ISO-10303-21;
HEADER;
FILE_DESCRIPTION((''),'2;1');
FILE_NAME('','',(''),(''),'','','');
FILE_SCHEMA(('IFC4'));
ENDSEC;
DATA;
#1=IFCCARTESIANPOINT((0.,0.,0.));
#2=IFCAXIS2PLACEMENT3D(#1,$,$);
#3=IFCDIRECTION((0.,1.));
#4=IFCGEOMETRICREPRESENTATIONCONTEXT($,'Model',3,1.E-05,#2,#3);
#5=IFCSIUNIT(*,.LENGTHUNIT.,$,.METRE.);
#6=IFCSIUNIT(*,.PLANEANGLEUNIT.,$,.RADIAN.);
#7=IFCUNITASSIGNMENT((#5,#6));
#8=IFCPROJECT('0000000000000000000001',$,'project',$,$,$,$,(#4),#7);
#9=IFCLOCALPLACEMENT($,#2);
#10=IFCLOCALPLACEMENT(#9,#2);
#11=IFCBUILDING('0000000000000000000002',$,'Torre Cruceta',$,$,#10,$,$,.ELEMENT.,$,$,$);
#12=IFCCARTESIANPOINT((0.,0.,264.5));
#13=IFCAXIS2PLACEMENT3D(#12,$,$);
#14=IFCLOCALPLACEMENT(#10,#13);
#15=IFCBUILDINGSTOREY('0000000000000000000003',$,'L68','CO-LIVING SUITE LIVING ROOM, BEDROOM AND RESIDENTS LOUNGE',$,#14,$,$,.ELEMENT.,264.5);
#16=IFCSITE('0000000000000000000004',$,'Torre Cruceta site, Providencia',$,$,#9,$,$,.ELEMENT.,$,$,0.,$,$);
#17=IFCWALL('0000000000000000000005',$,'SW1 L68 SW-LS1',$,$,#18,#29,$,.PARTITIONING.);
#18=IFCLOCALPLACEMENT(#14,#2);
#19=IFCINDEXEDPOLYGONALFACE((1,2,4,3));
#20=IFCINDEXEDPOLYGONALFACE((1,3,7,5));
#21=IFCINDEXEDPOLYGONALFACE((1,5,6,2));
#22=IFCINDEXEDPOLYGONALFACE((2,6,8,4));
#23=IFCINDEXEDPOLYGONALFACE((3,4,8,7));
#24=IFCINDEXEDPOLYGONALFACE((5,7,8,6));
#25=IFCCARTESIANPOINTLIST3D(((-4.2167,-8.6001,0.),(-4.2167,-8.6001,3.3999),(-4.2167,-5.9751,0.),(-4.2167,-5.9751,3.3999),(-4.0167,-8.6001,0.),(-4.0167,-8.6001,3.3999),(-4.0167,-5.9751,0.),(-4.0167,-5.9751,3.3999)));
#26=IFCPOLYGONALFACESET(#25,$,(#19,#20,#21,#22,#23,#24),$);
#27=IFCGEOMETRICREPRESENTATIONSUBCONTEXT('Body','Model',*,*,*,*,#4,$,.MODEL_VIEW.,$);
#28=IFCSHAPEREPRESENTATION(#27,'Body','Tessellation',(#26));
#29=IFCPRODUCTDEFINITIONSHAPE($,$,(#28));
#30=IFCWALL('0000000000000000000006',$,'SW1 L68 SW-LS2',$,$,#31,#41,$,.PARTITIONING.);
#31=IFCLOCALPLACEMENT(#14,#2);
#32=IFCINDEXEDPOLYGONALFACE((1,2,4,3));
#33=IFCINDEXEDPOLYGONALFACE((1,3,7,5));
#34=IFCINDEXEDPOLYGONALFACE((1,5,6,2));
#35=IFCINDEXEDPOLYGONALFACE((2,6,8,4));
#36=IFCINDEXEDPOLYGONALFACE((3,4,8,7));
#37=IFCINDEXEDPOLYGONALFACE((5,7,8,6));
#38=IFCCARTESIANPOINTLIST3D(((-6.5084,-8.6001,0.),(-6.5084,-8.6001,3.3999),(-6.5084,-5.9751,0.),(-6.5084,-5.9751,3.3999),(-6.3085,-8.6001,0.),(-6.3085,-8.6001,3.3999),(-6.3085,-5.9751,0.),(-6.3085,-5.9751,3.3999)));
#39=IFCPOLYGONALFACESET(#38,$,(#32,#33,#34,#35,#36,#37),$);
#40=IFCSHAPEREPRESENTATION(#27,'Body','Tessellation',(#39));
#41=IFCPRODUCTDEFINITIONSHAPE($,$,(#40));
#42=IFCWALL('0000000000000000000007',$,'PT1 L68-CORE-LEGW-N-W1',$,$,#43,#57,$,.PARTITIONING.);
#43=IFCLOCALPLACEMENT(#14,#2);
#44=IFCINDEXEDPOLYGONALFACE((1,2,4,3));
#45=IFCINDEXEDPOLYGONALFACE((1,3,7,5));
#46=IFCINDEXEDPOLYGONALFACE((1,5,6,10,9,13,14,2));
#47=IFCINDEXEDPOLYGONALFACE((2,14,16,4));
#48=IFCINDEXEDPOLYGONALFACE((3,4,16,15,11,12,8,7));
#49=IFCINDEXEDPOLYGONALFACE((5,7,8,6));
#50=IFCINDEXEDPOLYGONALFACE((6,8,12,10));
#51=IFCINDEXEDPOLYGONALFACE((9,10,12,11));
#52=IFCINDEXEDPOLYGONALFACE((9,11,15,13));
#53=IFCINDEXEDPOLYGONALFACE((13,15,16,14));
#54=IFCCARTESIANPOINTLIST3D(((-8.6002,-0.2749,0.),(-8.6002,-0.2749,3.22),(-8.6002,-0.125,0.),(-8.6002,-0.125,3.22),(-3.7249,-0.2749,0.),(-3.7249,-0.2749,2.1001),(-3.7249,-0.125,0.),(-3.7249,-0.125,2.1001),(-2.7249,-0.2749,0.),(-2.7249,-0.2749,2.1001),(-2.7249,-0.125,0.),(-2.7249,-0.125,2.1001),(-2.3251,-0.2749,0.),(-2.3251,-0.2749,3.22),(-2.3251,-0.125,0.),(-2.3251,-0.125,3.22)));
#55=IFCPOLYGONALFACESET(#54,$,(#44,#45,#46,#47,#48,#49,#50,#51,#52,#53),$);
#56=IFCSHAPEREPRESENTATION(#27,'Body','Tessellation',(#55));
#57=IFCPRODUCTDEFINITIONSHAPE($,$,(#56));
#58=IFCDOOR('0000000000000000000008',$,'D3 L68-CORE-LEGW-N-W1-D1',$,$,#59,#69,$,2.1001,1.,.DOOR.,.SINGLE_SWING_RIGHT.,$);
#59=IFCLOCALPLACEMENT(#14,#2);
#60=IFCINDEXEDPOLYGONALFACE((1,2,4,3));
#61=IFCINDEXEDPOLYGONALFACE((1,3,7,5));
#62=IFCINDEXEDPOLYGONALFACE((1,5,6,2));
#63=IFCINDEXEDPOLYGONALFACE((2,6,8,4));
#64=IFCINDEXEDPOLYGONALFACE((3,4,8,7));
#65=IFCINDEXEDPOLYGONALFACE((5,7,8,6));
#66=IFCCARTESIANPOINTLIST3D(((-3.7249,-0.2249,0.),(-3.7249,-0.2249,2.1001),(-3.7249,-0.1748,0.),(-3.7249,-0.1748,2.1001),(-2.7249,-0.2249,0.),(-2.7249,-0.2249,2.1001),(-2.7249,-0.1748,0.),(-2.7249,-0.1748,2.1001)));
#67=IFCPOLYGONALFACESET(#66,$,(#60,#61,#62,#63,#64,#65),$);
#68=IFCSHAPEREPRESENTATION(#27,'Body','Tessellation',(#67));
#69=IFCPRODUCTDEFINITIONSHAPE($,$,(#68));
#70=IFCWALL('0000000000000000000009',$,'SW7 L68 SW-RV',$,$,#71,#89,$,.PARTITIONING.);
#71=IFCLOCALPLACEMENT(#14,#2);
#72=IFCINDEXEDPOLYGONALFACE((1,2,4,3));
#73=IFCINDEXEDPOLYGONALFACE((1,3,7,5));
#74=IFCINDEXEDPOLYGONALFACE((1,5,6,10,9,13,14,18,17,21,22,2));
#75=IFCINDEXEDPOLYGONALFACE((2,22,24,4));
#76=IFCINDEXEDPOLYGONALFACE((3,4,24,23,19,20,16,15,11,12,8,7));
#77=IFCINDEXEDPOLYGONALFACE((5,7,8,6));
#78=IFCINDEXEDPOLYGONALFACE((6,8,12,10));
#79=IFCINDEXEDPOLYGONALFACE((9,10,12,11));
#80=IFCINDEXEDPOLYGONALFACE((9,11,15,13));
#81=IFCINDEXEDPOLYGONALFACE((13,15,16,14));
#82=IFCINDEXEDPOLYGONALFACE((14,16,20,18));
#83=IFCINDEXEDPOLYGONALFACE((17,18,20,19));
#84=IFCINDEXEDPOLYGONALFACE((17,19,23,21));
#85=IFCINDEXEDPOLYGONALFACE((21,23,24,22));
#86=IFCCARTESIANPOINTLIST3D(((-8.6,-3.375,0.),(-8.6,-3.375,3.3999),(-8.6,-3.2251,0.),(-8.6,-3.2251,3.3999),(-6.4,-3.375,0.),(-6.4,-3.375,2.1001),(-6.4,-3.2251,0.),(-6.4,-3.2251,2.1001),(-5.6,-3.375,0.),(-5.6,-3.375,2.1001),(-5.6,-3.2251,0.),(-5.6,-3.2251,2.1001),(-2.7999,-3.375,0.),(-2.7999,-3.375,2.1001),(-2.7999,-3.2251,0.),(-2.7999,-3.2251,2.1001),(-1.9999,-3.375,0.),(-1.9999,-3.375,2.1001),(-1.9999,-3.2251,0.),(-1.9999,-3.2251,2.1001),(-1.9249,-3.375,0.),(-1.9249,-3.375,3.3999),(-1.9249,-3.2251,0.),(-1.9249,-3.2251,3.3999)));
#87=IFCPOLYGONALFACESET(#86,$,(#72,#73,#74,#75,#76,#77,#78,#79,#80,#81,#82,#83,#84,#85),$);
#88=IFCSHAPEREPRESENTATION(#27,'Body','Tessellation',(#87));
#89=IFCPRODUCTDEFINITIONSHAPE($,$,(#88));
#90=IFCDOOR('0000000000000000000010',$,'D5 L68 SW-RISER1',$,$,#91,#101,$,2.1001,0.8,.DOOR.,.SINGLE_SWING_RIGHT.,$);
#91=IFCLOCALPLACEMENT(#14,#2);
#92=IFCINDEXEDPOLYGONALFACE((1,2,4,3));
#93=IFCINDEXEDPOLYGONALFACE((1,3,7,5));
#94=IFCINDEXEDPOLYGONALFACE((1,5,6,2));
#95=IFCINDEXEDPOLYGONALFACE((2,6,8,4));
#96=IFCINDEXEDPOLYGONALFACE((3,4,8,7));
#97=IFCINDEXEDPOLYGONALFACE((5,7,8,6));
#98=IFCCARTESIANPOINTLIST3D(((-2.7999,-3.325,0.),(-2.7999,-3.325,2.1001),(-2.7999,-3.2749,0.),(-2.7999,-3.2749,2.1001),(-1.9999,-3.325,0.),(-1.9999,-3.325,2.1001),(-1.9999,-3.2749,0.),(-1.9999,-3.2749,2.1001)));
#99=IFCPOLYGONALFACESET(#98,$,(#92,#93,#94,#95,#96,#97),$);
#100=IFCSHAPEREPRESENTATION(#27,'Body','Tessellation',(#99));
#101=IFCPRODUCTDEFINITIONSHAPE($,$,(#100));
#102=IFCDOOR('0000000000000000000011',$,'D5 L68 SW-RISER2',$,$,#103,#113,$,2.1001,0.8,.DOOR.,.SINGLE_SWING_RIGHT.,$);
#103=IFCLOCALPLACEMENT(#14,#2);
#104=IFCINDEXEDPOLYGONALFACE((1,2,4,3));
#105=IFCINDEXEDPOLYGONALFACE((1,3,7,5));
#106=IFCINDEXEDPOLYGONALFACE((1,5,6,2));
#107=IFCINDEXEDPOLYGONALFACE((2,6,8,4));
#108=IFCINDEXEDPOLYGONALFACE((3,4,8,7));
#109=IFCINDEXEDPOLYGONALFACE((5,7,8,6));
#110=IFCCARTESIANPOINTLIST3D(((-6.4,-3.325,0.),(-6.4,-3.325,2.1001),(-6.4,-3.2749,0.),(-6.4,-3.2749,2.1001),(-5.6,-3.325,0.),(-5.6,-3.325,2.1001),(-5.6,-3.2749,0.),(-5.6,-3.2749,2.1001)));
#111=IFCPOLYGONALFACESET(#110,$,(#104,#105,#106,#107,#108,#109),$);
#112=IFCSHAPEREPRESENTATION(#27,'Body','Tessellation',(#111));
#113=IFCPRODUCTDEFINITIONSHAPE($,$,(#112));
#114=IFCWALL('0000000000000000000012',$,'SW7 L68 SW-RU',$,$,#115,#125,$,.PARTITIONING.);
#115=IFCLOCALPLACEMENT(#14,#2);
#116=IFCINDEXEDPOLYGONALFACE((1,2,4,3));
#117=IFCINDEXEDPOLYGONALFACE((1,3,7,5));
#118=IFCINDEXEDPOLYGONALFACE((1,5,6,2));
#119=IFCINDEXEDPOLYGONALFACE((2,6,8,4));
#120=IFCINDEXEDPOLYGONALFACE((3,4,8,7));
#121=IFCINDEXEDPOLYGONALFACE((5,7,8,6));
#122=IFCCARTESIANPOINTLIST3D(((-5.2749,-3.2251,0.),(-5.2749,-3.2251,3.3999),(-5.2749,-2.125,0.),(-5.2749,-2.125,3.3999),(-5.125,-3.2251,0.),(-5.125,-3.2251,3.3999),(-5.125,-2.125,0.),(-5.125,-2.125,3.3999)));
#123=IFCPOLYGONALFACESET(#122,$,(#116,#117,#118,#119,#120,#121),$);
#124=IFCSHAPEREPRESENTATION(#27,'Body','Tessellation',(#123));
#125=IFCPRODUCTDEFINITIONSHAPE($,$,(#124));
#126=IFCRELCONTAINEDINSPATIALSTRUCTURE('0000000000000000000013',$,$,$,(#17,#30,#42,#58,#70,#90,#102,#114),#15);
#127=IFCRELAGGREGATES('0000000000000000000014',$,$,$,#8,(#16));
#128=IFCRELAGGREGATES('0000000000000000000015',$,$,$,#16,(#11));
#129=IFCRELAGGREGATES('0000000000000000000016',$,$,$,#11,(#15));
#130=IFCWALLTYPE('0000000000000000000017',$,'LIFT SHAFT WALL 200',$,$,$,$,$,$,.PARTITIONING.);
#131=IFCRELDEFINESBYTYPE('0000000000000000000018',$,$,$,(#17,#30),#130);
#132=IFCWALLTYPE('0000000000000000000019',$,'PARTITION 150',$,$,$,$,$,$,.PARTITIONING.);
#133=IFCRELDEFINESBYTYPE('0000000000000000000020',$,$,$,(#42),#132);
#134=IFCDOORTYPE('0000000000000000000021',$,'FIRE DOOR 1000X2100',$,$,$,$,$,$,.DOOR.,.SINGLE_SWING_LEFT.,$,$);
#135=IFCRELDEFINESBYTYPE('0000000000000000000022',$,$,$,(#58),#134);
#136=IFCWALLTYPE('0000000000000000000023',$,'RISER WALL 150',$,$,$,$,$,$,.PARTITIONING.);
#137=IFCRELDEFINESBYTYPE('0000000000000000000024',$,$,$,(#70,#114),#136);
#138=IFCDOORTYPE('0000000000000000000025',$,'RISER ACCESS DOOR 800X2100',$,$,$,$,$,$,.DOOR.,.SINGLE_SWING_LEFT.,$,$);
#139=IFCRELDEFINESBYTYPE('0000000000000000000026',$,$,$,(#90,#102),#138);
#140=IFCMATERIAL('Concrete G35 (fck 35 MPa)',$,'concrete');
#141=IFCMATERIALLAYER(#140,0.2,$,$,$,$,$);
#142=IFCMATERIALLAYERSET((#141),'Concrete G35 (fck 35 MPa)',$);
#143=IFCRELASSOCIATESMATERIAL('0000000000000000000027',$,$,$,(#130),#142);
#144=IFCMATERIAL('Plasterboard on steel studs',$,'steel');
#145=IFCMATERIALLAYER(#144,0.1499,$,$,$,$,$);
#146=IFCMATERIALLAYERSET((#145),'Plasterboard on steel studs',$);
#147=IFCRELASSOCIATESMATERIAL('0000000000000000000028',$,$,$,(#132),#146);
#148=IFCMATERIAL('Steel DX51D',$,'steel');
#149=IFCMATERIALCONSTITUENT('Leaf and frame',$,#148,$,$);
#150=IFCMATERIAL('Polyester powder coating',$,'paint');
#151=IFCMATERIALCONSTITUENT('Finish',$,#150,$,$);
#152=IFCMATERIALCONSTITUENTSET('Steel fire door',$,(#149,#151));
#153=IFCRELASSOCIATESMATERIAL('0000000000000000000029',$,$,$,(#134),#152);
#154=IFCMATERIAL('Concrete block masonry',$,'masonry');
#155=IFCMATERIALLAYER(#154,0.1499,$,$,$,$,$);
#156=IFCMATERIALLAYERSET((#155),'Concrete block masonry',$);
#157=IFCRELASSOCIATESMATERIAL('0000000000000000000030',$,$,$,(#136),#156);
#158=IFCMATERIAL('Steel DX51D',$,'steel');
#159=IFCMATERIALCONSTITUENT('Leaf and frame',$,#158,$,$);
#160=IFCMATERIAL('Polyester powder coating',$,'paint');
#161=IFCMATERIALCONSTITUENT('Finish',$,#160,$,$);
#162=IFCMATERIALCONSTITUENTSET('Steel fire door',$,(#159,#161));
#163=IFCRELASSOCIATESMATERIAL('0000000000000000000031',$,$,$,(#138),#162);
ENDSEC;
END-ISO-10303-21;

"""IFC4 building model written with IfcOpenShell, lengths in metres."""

from ifc_helpers import new_model, si_unit, direction, frame, frame_2d, origin, place, context, subcontext, project, spatial, rectangle, extrude, material, layer, layer_set, constituent, constituent_set, type_object, element, fill, save


model = new_model("IFC4")

# Units and contexts
model_context = context("Model", 3, precision=1e-05, world=origin(), true_north=direction((0.0, 1.0)))
body_context = subcontext(model_context, "Body", "Model", "MODEL_VIEW")
ifc_project = project(units=[si_unit("LENGTHUNIT", "METRE"), si_unit("PLANEANGLEUNIT", "RADIAN")], contexts=[model_context])

# Site, building, storey
site_placement = place(None, origin())
site = spatial("IfcSite", under=ifc_project, at=site_placement, Name="Torre Cruceta site, Providencia", CompositionType="ELEMENT", RefElevation=0.0)
building_placement = place(site_placement, origin())
building = spatial("IfcBuilding", under=site, at=building_placement, Name="Torre Cruceta", CompositionType="ELEMENT")
storey_placement = place(building_placement, frame((0.0, 0.0, 264.5)))
storey = spatial("IfcBuildingStorey", under=building, at=storey_placement, Name="L68", Description="CO-LIVING SUITE LIVING ROOM, BEDROOM AND RESIDENTS LOUNGE", CompositionType="ELEMENT", Elevation=264.5)

# Walls
ifc_material_1 = material(Name="Concrete G35 (fck 35 MPa)", Category="concrete")
ifc_layer_1 = layer(ifc_material_1, 0.2)
ifc_layer_set_1 = layer_set([ifc_layer_1], Name="Concrete G35 (fck 35 MPa)")
wall_type_1 = type_object("IfcWallType", Name="LIFT SHAFT WALL 200", PredefinedType="PARTITIONING", material=ifc_layer_set_1)
for number, where, z_axis, x_axis, name in (
    (1, (-4.1167, -5.9751, 0.0), (0.0, 0.0, 1.0), (0.0, -1.0, 0.0), "SW1 L68 SW-LS1"),
    (2, (-6.4084, -5.9751, 0.0), (0.0, 0.0, 1.0), (0.0, -1.0, 0.0), "SW1 L68 SW-LS2"),
):
    element("IfcWall", number, at=place(storey_placement, frame(where, z_axis=z_axis, x_axis=x_axis)), inside=storey, type_object=wall_type_1, Name=name, PredefinedType="PARTITIONING", context=body_context, shape_type="SweptSolid", body=[
        extrude(rectangle(XDim=2.625, YDim=0.2, at=frame_2d((1.3125, 0.0))), origin(), (0.0, 0.0, 1.0), 3.3999),
    ])

# Wall, opening, door
ifc_material_2 = material(Name="Plasterboard on steel studs", Category="steel")
ifc_layer_2 = layer(ifc_material_2, 0.1499)
ifc_layer_set_2 = layer_set([ifc_layer_2], Name="Plasterboard on steel studs")
wall_type_2 = type_object("IfcWallType", Name="PARTITION 150", PredefinedType="PARTITIONING", material=ifc_layer_set_2)
wall_1_placement = place(storey_placement, frame((-2.325, -0.2, 0.0), z_axis=(0.0, 0.0, 1.0), x_axis=(-1.0, 0.0, 0.0)))
wall_1 = element("IfcWall", 3, at=wall_1_placement, inside=storey, type_object=wall_type_2, Name="PT1 L68-CORE-LEGW-N-W1", PredefinedType="PARTITIONING", context=body_context, shape_type="SweptSolid", body=[
    extrude(rectangle(XDim=6.2751, YDim=0.1499, at=frame_2d((3.1377, 0.0))), origin(), (0.0, 0.0, 1.0), 3.22),
])
opening_1_placement = place(wall_1_placement, frame((0.3999, 0.0, 0.0)))
opening_1 = element("IfcOpeningElement", 4, at=opening_1_placement, cuts=wall_1, PredefinedType="OPENING", context=body_context, shape_type="SweptSolid", body=[
    extrude(rectangle(XDim=1.0, YDim=2.1001, at=frame_2d((0.5, 1.05))), frame((0.0, 0.085, 0.0), z_axis=(0.0, -1.0, 0.0), x_axis=(1.0, 0.0, 0.0)), (0.0, 0.0, 1.0), 0.1699),
])
ifc_material_3 = material(Name="Steel DX51D", Category="steel")
ifc_constituent_1 = constituent(ifc_material_3, Name="Leaf and frame")
ifc_material_4 = material(Name="Polyester powder coating", Category="paint")
ifc_constituent_2 = constituent(ifc_material_4, Name="Finish")
ifc_constituent_set_1 = constituent_set(constituents=[ifc_constituent_1, ifc_constituent_2], Name="Steel fire door")
door_type_1 = type_object("IfcDoorType", Name="FIRE DOOR 1000X2100", OperationType="SINGLE_SWING_LEFT", PredefinedType="DOOR", material=ifc_constituent_set_1)
door_1_placement = place(opening_1_placement, frame((1.0, 0.0, 0.0), z_axis=(0.0, 0.0, 1.0), x_axis=(-1.0, 0.0, 0.0)))
door_1 = element("IfcDoor", 5, at=door_1_placement, inside=storey, type_object=door_type_1, Name="D3 L68-CORE-LEGW-N-W1-D1", OperationType="SINGLE_SWING_RIGHT", OverallHeight=2.1001, OverallWidth=1.0, PredefinedType="DOOR", context=body_context, shape_type="SweptSolid", body=[
    extrude(rectangle(XDim=1.0, YDim=2.1001, at=frame_2d((0.5, 1.05))), frame((0.0, 0.0251, 0.0), z_axis=(0.0, -1.0, 0.0), x_axis=(1.0, 0.0, 0.0)), (0.0, 0.0, 1.0), 0.05),
])
fill(opening_1, door_1)

# Wall, openings, doors
ifc_material_5 = material(Name="Concrete block masonry", Category="masonry")
ifc_layer_3 = layer(ifc_material_5, 0.1499)
ifc_layer_set_3 = layer_set([ifc_layer_3], Name="Concrete block masonry")
wall_type_3 = type_object("IfcWallType", Name="RISER WALL 150", PredefinedType="PARTITIONING", material=ifc_layer_set_3)
wall_2_placement = place(storey_placement, frame((-1.925, -3.3, 0.0), z_axis=(0.0, 0.0, 1.0), x_axis=(-1.0, 0.0, 0.0)))
wall_2 = element("IfcWall", 6, at=wall_2_placement, inside=storey, type_object=wall_type_3, Name="SW7 L68 SW-RV", PredefinedType="PARTITIONING", context=body_context, shape_type="SweptSolid", body=[
    extrude(rectangle(XDim=6.675, YDim=0.1499, at=frame_2d((3.3374, 0.0))), origin(), (0.0, 0.0, 1.0), 3.3999),
])
opening_2_placement = place(wall_2_placement, frame((0.075, 0.0, 0.0)))
opening_2 = element("IfcOpeningElement", 7, at=opening_2_placement, cuts=wall_2, PredefinedType="OPENING", context=body_context, shape_type="SweptSolid", body=[
    extrude(rectangle(XDim=0.8, YDim=2.1001, at=frame_2d((0.3999, 1.05))), frame((0.0, 0.085, 0.0), z_axis=(0.0, -1.0, 0.0), x_axis=(1.0, 0.0, 0.0)), (0.0, 0.0, 1.0), 0.1699),
])
opening_3_placement = place(wall_2_placement, frame((3.675, 0.0, 0.0)))
opening_3 = element("IfcOpeningElement", 8, at=opening_3_placement, cuts=wall_2, PredefinedType="OPENING", context=body_context, shape_type="SweptSolid", body=[
    extrude(rectangle(XDim=0.8, YDim=2.1001, at=frame_2d((0.3999, 1.05))), frame((0.0, 0.085, 0.0), z_axis=(0.0, -1.0, 0.0), x_axis=(1.0, 0.0, 0.0)), (0.0, 0.0, 1.0), 0.1699),
])
ifc_material_6 = material(Name="Steel DX51D", Category="steel")
ifc_constituent_3 = constituent(ifc_material_6, Name="Leaf and frame")
ifc_material_7 = material(Name="Polyester powder coating", Category="paint")
ifc_constituent_4 = constituent(ifc_material_7, Name="Finish")
ifc_constituent_set_2 = constituent_set(constituents=[ifc_constituent_3, ifc_constituent_4], Name="Steel fire door")
door_type_2 = type_object("IfcDoorType", Name="RISER ACCESS DOOR 800X2100", OperationType="SINGLE_SWING_LEFT", PredefinedType="DOOR", material=ifc_constituent_set_2)
door_2_placement = place(opening_2_placement, frame((0.8, 0.0, 0.0), z_axis=(0.0, 0.0, 1.0), x_axis=(-1.0, 0.0, 0.0)))
door_2 = element("IfcDoor", 9, at=door_2_placement, inside=storey, type_object=door_type_2, Name="D5 L68 SW-RISER1", OperationType="SINGLE_SWING_RIGHT", OverallHeight=2.1001, OverallWidth=0.8, PredefinedType="DOOR", context=body_context, shape_type="SweptSolid", body=[
    extrude(rectangle(XDim=0.8, YDim=2.1001, at=frame_2d((0.4001, 1.05))), frame((0.0, 0.0251, 0.0), z_axis=(0.0, -1.0, 0.0), x_axis=(1.0, 0.0, 0.0)), (0.0, 0.0, 1.0), 0.05),
])
fill(opening_2, door_2)
door_3_placement = place(opening_3_placement, frame((0.8, 0.0, 0.0), z_axis=(0.0, 0.0, 1.0), x_axis=(-1.0, 0.0, 0.0)))
door_3 = element("IfcDoor", 10, at=door_3_placement, inside=storey, type_object=door_type_2, Name="D5 L68 SW-RISER2", OperationType="SINGLE_SWING_RIGHT", OverallHeight=2.1001, OverallWidth=0.8, PredefinedType="DOOR", context=body_context, shape_type="SweptSolid", body=[
    extrude(rectangle(XDim=0.8, YDim=2.1001, at=frame_2d((0.4001, 1.05))), frame((0.0, 0.0251, 0.0), z_axis=(0.0, -1.0, 0.0), x_axis=(1.0, 0.0, 0.0)), (0.0, 0.0, 1.0), 0.05),
])
fill(opening_3, door_3)

# Wall
wall_3_placement = place(storey_placement, frame((-5.2, -2.125, 0.0), z_axis=(0.0, 0.0, 1.0), x_axis=(0.0, -1.0, 0.0)))
element("IfcWall", 11, at=wall_3_placement, inside=storey, type_object=wall_type_3, Name="SW7 L68 SW-RU", PredefinedType="PARTITIONING", context=body_context, shape_type="SweptSolid", body=[
    extrude(rectangle(XDim=1.1001, YDim=0.1499, at=frame_2d((0.55, 0.0))), origin(), (0.0, 0.0, 1.0), 3.3999),
])

save(model, "model.ifc")
